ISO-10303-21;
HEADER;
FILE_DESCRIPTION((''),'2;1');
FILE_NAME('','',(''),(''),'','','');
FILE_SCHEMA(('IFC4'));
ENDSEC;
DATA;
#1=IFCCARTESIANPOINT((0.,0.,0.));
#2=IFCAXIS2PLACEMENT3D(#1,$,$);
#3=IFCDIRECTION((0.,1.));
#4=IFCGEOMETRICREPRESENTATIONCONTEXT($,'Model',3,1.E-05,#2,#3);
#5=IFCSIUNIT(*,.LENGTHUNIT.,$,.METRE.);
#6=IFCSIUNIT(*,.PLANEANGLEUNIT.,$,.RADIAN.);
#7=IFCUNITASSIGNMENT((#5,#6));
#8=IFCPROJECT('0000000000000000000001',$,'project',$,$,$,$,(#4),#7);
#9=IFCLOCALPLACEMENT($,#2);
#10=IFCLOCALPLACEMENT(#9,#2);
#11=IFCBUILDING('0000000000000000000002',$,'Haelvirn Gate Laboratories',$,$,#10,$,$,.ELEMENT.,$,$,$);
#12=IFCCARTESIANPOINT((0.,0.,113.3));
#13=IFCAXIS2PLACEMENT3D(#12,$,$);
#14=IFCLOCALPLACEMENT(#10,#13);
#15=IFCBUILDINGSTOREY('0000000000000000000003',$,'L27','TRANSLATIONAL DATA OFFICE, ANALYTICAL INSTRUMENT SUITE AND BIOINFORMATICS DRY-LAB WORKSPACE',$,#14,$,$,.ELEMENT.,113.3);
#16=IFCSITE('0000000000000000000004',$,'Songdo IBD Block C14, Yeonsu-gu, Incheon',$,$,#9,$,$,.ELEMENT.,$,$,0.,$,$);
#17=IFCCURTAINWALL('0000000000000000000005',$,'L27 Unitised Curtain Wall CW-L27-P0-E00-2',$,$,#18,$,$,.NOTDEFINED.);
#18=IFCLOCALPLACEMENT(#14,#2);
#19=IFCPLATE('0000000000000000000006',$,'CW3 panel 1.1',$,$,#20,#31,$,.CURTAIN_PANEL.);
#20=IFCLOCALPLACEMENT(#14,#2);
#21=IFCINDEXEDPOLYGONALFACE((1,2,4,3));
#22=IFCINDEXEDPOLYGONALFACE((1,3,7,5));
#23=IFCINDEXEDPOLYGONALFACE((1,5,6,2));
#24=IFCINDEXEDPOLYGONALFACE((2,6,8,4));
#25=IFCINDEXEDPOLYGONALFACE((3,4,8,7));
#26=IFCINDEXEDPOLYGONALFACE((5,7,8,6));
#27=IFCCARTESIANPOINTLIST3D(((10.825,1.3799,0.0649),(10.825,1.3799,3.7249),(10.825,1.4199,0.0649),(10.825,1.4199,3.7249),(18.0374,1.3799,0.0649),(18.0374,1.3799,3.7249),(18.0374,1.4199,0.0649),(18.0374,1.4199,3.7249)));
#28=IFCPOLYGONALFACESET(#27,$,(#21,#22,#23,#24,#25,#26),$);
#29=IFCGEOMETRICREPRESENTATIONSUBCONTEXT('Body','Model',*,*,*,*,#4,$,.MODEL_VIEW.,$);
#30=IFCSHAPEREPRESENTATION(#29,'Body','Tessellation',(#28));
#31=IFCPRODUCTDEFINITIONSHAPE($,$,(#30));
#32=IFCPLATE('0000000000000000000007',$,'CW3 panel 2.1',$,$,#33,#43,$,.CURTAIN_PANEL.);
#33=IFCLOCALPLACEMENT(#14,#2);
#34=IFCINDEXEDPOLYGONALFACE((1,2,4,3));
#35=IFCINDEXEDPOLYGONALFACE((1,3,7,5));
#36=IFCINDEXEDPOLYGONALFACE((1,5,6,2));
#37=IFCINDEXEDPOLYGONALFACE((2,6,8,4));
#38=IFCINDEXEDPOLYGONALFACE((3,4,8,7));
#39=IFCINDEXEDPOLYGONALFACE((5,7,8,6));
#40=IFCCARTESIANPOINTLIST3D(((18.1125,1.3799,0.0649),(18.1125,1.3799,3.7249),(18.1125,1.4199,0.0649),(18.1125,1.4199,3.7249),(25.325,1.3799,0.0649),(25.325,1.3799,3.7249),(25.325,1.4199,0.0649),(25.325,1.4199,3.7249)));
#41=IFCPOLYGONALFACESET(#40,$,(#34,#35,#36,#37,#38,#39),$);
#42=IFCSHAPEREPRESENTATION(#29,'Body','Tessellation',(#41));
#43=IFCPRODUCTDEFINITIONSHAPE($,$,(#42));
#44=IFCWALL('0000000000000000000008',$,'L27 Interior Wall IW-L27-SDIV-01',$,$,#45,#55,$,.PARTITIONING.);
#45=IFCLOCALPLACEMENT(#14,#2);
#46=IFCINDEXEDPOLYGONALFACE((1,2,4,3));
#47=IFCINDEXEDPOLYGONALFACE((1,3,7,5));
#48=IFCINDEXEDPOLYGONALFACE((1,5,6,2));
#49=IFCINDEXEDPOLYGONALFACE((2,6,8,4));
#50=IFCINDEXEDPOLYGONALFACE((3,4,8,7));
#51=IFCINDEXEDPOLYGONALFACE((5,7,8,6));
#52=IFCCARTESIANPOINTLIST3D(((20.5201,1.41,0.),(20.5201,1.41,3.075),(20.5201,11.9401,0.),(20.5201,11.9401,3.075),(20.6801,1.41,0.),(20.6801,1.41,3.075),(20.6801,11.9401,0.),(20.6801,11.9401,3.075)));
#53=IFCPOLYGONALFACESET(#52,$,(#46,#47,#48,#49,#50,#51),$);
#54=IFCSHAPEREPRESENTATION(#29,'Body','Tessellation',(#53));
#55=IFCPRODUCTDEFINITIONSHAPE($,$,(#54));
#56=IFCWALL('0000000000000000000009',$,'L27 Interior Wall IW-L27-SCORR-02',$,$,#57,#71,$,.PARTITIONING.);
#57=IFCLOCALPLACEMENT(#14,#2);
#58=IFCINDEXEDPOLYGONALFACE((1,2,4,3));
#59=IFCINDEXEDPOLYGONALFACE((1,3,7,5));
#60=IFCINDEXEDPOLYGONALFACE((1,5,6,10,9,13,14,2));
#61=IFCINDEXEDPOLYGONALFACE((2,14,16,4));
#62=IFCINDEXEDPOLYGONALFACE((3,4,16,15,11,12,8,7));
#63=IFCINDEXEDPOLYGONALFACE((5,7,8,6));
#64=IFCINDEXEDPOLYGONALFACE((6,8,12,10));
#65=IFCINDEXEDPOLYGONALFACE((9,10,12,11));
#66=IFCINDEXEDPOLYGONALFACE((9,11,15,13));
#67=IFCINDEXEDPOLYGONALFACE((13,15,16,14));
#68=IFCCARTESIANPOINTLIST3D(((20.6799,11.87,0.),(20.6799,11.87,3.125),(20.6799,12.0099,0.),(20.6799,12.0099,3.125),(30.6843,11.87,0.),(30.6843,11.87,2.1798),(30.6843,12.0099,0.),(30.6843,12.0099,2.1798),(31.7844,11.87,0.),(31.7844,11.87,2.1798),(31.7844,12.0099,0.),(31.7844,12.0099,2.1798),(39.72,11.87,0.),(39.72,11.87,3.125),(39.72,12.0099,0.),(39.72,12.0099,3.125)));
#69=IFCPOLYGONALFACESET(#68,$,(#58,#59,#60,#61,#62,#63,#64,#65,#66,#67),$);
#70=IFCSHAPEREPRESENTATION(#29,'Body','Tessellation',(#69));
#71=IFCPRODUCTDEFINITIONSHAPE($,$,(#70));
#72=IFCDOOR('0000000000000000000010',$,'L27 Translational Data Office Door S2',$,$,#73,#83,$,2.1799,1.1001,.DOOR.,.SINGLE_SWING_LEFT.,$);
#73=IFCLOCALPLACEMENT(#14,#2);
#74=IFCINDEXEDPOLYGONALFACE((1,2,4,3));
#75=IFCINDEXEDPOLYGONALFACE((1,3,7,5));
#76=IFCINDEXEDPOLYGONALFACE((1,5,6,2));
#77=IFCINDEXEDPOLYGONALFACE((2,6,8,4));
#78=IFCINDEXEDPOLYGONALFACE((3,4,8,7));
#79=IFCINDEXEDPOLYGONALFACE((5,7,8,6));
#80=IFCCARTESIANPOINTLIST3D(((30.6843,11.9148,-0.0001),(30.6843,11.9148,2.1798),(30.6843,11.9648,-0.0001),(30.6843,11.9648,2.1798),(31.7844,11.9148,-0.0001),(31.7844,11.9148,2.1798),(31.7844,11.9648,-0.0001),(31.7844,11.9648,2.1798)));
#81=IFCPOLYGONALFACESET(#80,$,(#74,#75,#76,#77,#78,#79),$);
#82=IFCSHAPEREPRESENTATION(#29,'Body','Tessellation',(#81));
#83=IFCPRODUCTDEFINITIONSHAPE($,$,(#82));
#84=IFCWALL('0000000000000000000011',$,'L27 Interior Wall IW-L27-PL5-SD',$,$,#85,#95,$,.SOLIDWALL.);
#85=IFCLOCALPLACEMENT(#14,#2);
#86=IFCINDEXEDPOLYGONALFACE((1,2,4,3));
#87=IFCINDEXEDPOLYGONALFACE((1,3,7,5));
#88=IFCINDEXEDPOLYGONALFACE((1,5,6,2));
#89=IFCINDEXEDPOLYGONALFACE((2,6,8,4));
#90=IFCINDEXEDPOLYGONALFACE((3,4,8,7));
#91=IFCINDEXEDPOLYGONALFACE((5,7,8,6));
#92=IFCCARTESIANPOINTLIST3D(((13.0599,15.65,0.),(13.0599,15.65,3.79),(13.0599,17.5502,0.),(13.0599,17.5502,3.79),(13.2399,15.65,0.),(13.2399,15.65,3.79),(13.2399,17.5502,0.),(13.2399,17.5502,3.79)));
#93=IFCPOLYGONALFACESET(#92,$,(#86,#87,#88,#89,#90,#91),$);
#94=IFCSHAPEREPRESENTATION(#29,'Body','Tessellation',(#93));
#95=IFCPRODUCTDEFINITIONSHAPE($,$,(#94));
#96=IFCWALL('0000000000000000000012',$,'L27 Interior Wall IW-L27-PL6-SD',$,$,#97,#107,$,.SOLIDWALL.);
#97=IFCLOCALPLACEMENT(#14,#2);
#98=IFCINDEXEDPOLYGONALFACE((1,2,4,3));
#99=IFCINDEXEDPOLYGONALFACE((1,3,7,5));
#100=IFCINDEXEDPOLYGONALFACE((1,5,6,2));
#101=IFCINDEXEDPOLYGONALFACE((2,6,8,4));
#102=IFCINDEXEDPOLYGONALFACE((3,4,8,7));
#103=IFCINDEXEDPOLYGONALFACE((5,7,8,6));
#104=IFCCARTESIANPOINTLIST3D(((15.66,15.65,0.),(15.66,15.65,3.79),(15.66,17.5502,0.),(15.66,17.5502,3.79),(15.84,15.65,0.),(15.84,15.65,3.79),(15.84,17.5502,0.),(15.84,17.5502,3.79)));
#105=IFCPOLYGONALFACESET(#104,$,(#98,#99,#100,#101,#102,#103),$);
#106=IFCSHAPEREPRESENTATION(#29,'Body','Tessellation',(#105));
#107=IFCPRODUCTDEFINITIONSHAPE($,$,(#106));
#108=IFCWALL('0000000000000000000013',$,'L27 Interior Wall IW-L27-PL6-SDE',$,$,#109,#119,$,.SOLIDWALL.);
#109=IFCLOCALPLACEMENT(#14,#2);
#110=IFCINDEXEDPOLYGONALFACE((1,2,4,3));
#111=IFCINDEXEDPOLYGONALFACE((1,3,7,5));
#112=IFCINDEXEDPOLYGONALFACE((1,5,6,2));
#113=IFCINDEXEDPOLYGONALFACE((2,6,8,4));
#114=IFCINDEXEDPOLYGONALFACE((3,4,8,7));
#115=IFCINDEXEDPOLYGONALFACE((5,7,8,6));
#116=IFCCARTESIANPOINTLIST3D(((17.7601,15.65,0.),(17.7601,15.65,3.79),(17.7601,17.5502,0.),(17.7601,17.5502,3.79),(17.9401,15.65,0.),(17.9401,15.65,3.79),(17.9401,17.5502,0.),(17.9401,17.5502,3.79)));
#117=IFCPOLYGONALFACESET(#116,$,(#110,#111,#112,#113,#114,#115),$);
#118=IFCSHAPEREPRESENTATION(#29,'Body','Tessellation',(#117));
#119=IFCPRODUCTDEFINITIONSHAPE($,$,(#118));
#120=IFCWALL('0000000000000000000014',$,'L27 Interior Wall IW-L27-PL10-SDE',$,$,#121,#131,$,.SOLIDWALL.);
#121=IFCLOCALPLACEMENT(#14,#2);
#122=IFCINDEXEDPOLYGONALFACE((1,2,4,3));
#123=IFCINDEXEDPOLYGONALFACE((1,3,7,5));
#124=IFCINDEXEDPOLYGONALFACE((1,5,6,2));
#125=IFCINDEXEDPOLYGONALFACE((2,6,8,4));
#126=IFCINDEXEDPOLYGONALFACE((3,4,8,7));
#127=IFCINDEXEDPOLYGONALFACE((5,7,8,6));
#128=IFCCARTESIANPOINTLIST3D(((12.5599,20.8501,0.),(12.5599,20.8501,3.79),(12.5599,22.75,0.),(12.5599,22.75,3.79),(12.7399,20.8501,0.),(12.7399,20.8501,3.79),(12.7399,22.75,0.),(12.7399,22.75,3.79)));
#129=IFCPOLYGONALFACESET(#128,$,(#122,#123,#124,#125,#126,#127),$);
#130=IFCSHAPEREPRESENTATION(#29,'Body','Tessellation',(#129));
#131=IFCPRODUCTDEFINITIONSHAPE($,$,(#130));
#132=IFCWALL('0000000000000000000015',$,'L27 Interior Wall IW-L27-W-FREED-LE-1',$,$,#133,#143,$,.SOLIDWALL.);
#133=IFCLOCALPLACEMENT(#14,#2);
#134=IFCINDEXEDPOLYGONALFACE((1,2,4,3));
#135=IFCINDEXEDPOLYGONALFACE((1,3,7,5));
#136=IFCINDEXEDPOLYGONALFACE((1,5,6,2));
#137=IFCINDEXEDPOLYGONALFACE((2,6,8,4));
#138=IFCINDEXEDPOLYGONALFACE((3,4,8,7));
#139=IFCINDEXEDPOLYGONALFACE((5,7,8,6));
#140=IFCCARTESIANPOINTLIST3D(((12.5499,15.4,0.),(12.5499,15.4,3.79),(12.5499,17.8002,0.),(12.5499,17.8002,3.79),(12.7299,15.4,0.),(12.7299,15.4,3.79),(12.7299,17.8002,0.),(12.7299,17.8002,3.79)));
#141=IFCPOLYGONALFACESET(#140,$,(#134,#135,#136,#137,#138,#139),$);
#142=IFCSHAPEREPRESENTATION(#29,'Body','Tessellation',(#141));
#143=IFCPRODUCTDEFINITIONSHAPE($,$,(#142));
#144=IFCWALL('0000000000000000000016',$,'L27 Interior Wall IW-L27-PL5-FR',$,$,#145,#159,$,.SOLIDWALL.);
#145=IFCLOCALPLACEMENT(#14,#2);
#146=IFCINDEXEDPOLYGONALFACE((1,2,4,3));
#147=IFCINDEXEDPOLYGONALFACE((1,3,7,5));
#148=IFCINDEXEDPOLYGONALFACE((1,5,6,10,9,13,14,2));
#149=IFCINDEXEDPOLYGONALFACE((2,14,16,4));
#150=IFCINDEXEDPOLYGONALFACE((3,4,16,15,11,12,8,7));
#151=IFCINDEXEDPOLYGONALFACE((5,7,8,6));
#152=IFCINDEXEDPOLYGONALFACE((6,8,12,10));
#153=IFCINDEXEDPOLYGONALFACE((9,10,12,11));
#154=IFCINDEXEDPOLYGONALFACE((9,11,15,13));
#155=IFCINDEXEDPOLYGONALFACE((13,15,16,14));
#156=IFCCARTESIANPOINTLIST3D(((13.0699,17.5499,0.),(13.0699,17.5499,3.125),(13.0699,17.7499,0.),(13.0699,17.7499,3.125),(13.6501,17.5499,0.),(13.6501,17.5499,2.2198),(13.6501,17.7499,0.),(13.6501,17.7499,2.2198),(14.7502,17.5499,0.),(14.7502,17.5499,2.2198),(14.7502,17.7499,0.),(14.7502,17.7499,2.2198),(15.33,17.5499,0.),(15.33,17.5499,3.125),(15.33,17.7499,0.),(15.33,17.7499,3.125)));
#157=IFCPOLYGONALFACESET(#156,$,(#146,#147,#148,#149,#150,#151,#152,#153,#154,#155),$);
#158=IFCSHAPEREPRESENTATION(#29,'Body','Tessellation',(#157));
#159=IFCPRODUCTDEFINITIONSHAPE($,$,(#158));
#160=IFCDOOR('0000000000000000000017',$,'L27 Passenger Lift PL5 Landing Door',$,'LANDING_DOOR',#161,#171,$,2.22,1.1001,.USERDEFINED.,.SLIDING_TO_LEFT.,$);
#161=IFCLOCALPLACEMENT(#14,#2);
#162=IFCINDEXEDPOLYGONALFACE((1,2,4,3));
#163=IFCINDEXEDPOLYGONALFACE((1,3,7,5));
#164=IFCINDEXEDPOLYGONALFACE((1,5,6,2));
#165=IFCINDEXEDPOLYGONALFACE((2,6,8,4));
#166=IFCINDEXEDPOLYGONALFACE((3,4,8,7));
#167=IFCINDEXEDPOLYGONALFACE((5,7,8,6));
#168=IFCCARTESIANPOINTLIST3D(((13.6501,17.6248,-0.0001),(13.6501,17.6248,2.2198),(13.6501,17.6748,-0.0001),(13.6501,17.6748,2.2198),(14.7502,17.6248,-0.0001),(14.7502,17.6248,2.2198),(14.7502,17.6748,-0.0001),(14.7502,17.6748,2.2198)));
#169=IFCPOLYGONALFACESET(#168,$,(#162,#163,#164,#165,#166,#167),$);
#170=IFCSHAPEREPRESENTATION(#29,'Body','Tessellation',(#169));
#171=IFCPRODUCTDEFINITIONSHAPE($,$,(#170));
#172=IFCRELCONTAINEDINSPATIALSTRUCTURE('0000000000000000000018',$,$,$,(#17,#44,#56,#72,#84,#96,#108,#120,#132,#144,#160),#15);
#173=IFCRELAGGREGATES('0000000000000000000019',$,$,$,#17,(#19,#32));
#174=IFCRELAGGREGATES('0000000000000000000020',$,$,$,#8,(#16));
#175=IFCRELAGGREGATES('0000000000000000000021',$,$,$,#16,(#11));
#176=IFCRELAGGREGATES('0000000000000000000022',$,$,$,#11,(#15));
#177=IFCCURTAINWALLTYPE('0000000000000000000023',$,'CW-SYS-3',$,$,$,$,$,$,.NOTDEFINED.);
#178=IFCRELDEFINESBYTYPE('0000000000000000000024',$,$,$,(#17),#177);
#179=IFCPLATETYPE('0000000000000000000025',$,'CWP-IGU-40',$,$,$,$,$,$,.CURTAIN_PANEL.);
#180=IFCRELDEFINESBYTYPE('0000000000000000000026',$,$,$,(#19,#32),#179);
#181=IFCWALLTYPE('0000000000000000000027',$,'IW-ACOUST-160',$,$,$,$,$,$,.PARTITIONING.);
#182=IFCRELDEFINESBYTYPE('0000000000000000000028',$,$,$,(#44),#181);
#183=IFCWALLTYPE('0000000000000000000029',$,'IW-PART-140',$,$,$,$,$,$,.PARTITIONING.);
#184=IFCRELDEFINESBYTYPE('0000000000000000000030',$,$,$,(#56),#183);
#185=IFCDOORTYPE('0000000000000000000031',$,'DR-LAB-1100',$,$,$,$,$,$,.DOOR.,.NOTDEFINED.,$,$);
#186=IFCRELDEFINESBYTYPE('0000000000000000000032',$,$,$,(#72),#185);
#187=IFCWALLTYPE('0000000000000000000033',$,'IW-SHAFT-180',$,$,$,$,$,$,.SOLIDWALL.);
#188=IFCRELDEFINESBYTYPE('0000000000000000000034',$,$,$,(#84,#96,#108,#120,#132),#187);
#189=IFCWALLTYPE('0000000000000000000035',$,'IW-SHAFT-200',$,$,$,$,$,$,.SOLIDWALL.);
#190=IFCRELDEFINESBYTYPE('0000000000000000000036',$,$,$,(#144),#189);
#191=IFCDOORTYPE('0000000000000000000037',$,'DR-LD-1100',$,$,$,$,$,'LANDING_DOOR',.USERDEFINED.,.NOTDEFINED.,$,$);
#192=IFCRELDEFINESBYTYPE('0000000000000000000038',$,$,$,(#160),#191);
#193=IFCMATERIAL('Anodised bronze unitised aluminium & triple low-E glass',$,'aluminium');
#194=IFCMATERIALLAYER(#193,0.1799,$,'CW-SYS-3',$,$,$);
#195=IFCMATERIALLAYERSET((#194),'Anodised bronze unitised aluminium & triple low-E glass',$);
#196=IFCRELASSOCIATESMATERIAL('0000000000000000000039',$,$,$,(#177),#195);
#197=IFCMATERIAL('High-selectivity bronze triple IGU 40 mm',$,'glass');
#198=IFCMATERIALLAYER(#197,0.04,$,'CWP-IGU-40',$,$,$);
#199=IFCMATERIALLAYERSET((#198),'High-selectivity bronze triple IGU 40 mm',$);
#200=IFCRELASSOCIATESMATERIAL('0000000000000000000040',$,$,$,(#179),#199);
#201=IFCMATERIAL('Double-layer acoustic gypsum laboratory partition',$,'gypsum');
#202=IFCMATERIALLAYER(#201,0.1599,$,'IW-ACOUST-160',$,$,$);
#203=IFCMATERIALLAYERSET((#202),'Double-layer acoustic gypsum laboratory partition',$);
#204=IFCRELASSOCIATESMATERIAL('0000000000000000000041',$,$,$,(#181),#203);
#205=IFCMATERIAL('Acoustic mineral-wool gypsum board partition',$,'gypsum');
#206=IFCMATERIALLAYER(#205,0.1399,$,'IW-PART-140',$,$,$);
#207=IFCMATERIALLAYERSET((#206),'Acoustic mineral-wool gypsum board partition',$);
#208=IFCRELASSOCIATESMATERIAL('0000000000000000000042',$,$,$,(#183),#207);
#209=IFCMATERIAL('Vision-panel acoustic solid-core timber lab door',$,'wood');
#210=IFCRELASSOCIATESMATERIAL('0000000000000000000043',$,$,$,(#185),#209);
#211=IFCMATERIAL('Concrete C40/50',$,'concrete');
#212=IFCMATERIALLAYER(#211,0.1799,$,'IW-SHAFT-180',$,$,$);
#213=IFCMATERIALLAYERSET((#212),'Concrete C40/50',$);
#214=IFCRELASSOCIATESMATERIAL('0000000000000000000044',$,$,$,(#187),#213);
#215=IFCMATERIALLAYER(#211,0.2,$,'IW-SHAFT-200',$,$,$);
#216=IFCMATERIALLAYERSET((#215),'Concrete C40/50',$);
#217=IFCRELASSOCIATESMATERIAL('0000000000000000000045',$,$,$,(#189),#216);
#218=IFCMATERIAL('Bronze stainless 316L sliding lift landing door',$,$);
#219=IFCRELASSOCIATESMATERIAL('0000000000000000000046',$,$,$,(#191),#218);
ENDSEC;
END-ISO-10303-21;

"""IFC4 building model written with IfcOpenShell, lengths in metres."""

from ifc_helpers import new_model, si_unit, direction, frame, frame_2d, origin, origin_2d, place, context, subcontext, project, spatial, rectangle, extrude, source, transform, mapped, material, layer, layer_set, type_object, type_shapes, element, fill, aggregate, save


model = new_model("IFC4")

# Units and contexts
model_context = context("Model", 3, precision=1e-05, world=origin(), true_north=direction((0.0, 1.0)))
body_context = subcontext(model_context, "Body", "Model", "MODEL_VIEW")
ifc_project = project(units=[si_unit("LENGTHUNIT", "METRE"), si_unit("PLANEANGLEUNIT", "RADIAN")], contexts=[model_context])

# Site, building, storey
site_placement = place(None, origin())
site = spatial("IfcSite", under=ifc_project, at=site_placement, Name="Songdo IBD Block C14, Yeonsu-gu, Incheon", CompositionType="ELEMENT", RefElevation=0.0)
building_placement = place(site_placement, origin())
building = spatial("IfcBuilding", under=site, at=building_placement, Name="Haelvirn Gate Laboratories", CompositionType="ELEMENT")
storey_placement = place(building_placement, frame((0.0, 0.0, 113.3)))
storey = spatial("IfcBuildingStorey", under=building, at=storey_placement, Name="L27", Description="TRANSLATIONAL DATA OFFICE, ANALYTICAL INSTRUMENT SUITE AND BIOINFORMATICS DRY-LAB WORKSPACE", CompositionType="ELEMENT", Elevation=113.3)

# Curtain wall, plates
ifc_material_1 = material(Name="Anodised bronze unitised aluminium & triple low-E glass", Category="aluminium")
ifc_layer_1 = layer(ifc_material_1, 0.1799, Name="CW-SYS-3")
ifc_layer_set_1 = layer_set([ifc_layer_1], Name="Anodised bronze unitised aluminium & triple low-E glass")
curtain_wall_type = type_object("IfcCurtainWallType", Name="CW-SYS-3", PredefinedType="NOTDEFINED", material=ifc_layer_set_1)
curtain_wall_placement = place(storey_placement, origin())
curtain_wall = element("IfcCurtainWall", 1, at=curtain_wall_placement, inside=storey, type_object=curtain_wall_type, Name="L27 Unitised Curtain Wall CW-L27-P0-E00-2", PredefinedType="NOTDEFINED")
ifc_material_2 = material(Name="High-selectivity bronze triple IGU 40 mm", Category="glass")
ifc_layer_2 = layer(ifc_material_2, 0.04, Name="CWP-IGU-40")
ifc_layer_set_2 = layer_set([ifc_layer_2], Name="High-selectivity bronze triple IGU 40 mm")
plate_type = type_object("IfcPlateType", Name="CWP-IGU-40", PredefinedType="CURTAIN_PANEL", material=ifc_layer_set_2)
shared_shape_1 = source(origin(), body_context, "Body", "SweptSolid", [
    extrude(rectangle(XDim=7.2124, YDim=0.04, at=origin_2d()), origin(), (0.0, 0.0, 1.0), 3.6599),
])
type_shapes(plate_type, [shared_shape_1])
plate_1_placement = place(storey_placement, frame((14.4312, 1.3999, 0.0649), z_axis=(0.0, 0.0, 1.0), x_axis=(1.0, 0.0, 0.0)))
plate_1 = element("IfcPlate", 2, at=plate_1_placement, type_object=plate_type, Name="CW3 panel 1.1", PredefinedType="CURTAIN_PANEL", context=body_context, shape_type="MappedRepresentation", body=[
    mapped(shared_shape_1, transform((0.0, 0.0, 0.0), scale=1.0)),
])
plate_2_placement = place(storey_placement, frame((21.7188, 1.3999, 0.0649), z_axis=(0.0, 0.0, 1.0), x_axis=(1.0, 0.0, 0.0)))
plate_2 = element("IfcPlate", 3, at=plate_2_placement, type_object=plate_type, Name="CW3 panel 2.1", PredefinedType="CURTAIN_PANEL", context=body_context, shape_type="MappedRepresentation", body=[
    mapped(shared_shape_1, transform((0.0, 0.0, 0.0), scale=1.0)),
])
aggregate(curtain_wall, [plate_1, plate_2])

# Wall
ifc_material_3 = material(Name="Double-layer acoustic gypsum laboratory partition", Category="gypsum")
ifc_layer_3 = layer(ifc_material_3, 0.1599, Name="IW-ACOUST-160")
ifc_layer_set_3 = layer_set([ifc_layer_3], Name="Double-layer acoustic gypsum laboratory partition")
wall_type_1 = type_object("IfcWallType", Name="IW-ACOUST-160", PredefinedType="PARTITIONING", material=ifc_layer_set_3)
wall_1_placement = place(storey_placement, frame((20.6001, 1.4099, 0.0), z_axis=(0.0, 0.0, 1.0), x_axis=(0.0, 1.0, 0.0)))
element("IfcWall", 4, at=wall_1_placement, inside=storey, type_object=wall_type_1, Name="L27 Interior Wall IW-L27-SDIV-01", PredefinedType="PARTITIONING", context=body_context, shape_type="SweptSolid", body=[
    extrude(rectangle(XDim=10.53, YDim=0.1599, at=frame_2d((5.2651, 0.0))), origin(), (0.0, 0.0, 1.0), 3.075),
])

# Wall, opening, door
ifc_material_4 = material(Name="Acoustic mineral-wool gypsum board partition", Category="gypsum")
ifc_layer_4 = layer(ifc_material_4, 0.1399, Name="IW-PART-140")
ifc_layer_set_4 = layer_set([ifc_layer_4], Name="Acoustic mineral-wool gypsum board partition")
wall_type_2 = type_object("IfcWallType", Name="IW-PART-140", PredefinedType="PARTITIONING", material=ifc_layer_set_4)
wall_2_placement = place(storey_placement, frame((20.6799, 11.9399, 0.0), z_axis=(0.0, 0.0, 1.0), x_axis=(1.0, 0.0, 0.0)))
wall_2 = element("IfcWall", 5, at=wall_2_placement, inside=storey, type_object=wall_type_2, Name="L27 Interior Wall IW-L27-SCORR-02", PredefinedType="PARTITIONING", context=body_context, shape_type="SweptSolid", body=[
    extrude(rectangle(XDim=19.04, YDim=0.1399, at=frame_2d((9.52, 0.0))), origin(), (0.0, 0.0, 1.0), 3.125),
])
opening_1_placement = place(wall_2_placement, frame((10.0044, 0.0, 0.0)))
opening_1 = element("IfcOpeningElement", 6, at=opening_1_placement, cuts=wall_2, PredefinedType="OPENING", context=body_context, shape_type="SweptSolid", body=[
    extrude(rectangle(XDim=1.1001, YDim=2.1799, at=frame_2d((0.55, 1.0898))), frame((0.0, 0.0801, 0.0), z_axis=(0.0, -1.0, 0.0), x_axis=(1.0, 0.0, 0.0)), (0.0, 0.0, 1.0), 0.1599),
])
ifc_material_5 = material(Name="Vision-panel acoustic solid-core timber lab door", Category="wood")
door_type_1 = type_object("IfcDoorType", Name="DR-LAB-1100", OperationType="NOTDEFINED", PredefinedType="DOOR", material=ifc_material_5)
shared_shape_2 = source(origin(), body_context, "Body", "SweptSolid", [
    extrude(rectangle(XDim=1.1001, YDim=2.1799, at=frame_2d((0.55, 1.0898))), frame((0.0, 0.0249, 0.0), z_axis=(0.0, -1.0, 0.0), x_axis=(1.0, 0.0, 0.0)), (0.0, 0.0, 1.0), 0.05),
])
type_shapes(door_type_1, [shared_shape_2])
door_1_placement = place(opening_1_placement, origin())
door_1 = element("IfcDoor", 7, at=door_1_placement, inside=storey, type_object=door_type_1, Name="L27 Translational Data Office Door S2", OperationType="SINGLE_SWING_LEFT", OverallHeight=2.1799, OverallWidth=1.1001, PredefinedType="DOOR", context=body_context, shape_type="MappedRepresentation", body=[
    mapped(shared_shape_2, transform((0.0, 0.0, 0.0), scale=1.0)),
])
fill(opening_1, door_1)

# Walls
ifc_material_6 = material(Name="Concrete C40/50", Category="concrete")
ifc_layer_5 = layer(ifc_material_6, 0.1799, Name="IW-SHAFT-180")
ifc_layer_set_5 = layer_set([ifc_layer_5], Name="Concrete C40/50")
wall_type_3 = type_object("IfcWallType", Name="IW-SHAFT-180", PredefinedType="SOLIDWALL", material=ifc_layer_set_5)
for number, where, z_axis, x_axis, name in (
    (8, (13.1499, 15.6499, 0.0), (0.0, 0.0, 1.0), (0.0, 1.0, 0.0), "L27 Interior Wall IW-L27-PL5-SD"),
    (9, (15.75, 15.6499, 0.0), (0.0, 0.0, 1.0), (0.0, 1.0, 0.0), "L27 Interior Wall IW-L27-PL6-SD"),
    (10, (17.8501, 15.6499, 0.0), (0.0, 0.0, 1.0), (0.0, 1.0, 0.0), "L27 Interior Wall IW-L27-PL6-SDE"),
):
    element("IfcWall", number, at=place(storey_placement, frame(where, z_axis=z_axis, x_axis=x_axis)), inside=storey, type_object=wall_type_3, Name=name, PredefinedType="SOLIDWALL", context=body_context, shape_type="SweptSolid", body=[
        extrude(rectangle(XDim=1.9001, YDim=0.1799, at=frame_2d((0.9502, 0.0))), origin(), (0.0, 0.0, 1.0), 3.79),
    ])
wall_3_placement = place(storey_placement, frame((12.6499, 20.8501, 0.0), z_axis=(0.0, 0.0, 1.0), x_axis=(0.0, 1.0, 0.0)))
element("IfcWall", 11, at=wall_3_placement, inside=storey, type_object=wall_type_3, Name="L27 Interior Wall IW-L27-PL10-SDE", PredefinedType="SOLIDWALL", context=body_context, shape_type="SweptSolid", body=[
    extrude(rectangle(XDim=1.8999, YDim=0.1799, at=frame_2d((0.95, 0.0))), origin(), (0.0, 0.0, 1.0), 3.79),
])
wall_4_placement = place(storey_placement, frame((12.6399, 15.3999, 0.0), z_axis=(0.0, 0.0, 1.0), x_axis=(0.0, 1.0, 0.0)))
element("IfcWall", 12, at=wall_4_placement, inside=storey, type_object=wall_type_3, Name="L27 Interior Wall IW-L27-W-FREED-LE-1", PredefinedType="SOLIDWALL", context=body_context, shape_type="SweptSolid", body=[
    extrude(rectangle(XDim=2.4001, YDim=0.1799, at=frame_2d((1.2002, 0.0))), origin(), (0.0, 0.0, 1.0), 3.79),
])

# Wall, opening, door
ifc_layer_6 = layer(ifc_material_6, 0.2, Name="IW-SHAFT-200")
ifc_layer_set_6 = layer_set([ifc_layer_6], Name="Concrete C40/50")
wall_type_4 = type_object("IfcWallType", Name="IW-SHAFT-200", PredefinedType="SOLIDWALL", material=ifc_layer_set_6)
wall_5_placement = place(storey_placement, frame((13.0701, 17.6499, 0.0), z_axis=(0.0, 0.0, 1.0), x_axis=(1.0, 0.0, 0.0)))
wall_5 = element("IfcWall", 13, at=wall_5_placement, inside=storey, type_object=wall_type_4, Name="L27 Interior Wall IW-L27-PL5-FR", PredefinedType="SOLIDWALL", context=body_context, shape_type="SweptSolid", body=[
    extrude(rectangle(XDim=2.26, YDim=0.2, at=frame_2d((1.1299, 0.0))), origin(), (0.0, 0.0, 1.0), 3.125),
])
opening_2_placement = place(wall_5_placement, frame((0.5801, 0.0, 0.0)))
opening_2 = element("IfcOpeningElement", 14, at=opening_2_placement, cuts=wall_5, PredefinedType="OPENING", context=body_context, shape_type="SweptSolid", body=[
    extrude(rectangle(XDim=1.1001, YDim=2.22, at=frame_2d((0.55, 1.1099))), frame((0.0, 0.1099, 0.0), z_axis=(0.0, -1.0, 0.0), x_axis=(1.0, 0.0, 0.0)), (0.0, 0.0, 1.0), 0.22),
])
ifc_material_7 = material(Name="Bronze stainless 316L sliding lift landing door")
door_type_2 = type_object("IfcDoorType", Name="DR-LD-1100", ElementType="LANDING_DOOR", OperationType="NOTDEFINED", PredefinedType="USERDEFINED", material=ifc_material_7)
shared_shape_3 = source(origin(), body_context, "Body", "SweptSolid", [
    extrude(rectangle(XDim=1.1001, YDim=2.22, at=frame_2d((0.55, 1.1099))), frame((0.0, 0.0249, 0.0), z_axis=(0.0, -1.0, 0.0), x_axis=(1.0, 0.0, 0.0)), (0.0, 0.0, 1.0), 0.05),
])
type_shapes(door_type_2, [shared_shape_3])
door_2_placement = place(opening_2_placement, origin())
door_2 = element("IfcDoor", 15, at=door_2_placement, inside=storey, type_object=door_type_2, Name="L27 Passenger Lift PL5 Landing Door", ObjectType="LANDING_DOOR", OperationType="SLIDING_TO_LEFT", OverallHeight=2.22, OverallWidth=1.1001, PredefinedType="USERDEFINED", context=body_context, shape_type="MappedRepresentation", body=[
    mapped(shared_shape_3, transform((0.0, 0.0, 0.0), scale=1.0)),
])
fill(opening_2, door_2)

save(model, "model.ifc")
